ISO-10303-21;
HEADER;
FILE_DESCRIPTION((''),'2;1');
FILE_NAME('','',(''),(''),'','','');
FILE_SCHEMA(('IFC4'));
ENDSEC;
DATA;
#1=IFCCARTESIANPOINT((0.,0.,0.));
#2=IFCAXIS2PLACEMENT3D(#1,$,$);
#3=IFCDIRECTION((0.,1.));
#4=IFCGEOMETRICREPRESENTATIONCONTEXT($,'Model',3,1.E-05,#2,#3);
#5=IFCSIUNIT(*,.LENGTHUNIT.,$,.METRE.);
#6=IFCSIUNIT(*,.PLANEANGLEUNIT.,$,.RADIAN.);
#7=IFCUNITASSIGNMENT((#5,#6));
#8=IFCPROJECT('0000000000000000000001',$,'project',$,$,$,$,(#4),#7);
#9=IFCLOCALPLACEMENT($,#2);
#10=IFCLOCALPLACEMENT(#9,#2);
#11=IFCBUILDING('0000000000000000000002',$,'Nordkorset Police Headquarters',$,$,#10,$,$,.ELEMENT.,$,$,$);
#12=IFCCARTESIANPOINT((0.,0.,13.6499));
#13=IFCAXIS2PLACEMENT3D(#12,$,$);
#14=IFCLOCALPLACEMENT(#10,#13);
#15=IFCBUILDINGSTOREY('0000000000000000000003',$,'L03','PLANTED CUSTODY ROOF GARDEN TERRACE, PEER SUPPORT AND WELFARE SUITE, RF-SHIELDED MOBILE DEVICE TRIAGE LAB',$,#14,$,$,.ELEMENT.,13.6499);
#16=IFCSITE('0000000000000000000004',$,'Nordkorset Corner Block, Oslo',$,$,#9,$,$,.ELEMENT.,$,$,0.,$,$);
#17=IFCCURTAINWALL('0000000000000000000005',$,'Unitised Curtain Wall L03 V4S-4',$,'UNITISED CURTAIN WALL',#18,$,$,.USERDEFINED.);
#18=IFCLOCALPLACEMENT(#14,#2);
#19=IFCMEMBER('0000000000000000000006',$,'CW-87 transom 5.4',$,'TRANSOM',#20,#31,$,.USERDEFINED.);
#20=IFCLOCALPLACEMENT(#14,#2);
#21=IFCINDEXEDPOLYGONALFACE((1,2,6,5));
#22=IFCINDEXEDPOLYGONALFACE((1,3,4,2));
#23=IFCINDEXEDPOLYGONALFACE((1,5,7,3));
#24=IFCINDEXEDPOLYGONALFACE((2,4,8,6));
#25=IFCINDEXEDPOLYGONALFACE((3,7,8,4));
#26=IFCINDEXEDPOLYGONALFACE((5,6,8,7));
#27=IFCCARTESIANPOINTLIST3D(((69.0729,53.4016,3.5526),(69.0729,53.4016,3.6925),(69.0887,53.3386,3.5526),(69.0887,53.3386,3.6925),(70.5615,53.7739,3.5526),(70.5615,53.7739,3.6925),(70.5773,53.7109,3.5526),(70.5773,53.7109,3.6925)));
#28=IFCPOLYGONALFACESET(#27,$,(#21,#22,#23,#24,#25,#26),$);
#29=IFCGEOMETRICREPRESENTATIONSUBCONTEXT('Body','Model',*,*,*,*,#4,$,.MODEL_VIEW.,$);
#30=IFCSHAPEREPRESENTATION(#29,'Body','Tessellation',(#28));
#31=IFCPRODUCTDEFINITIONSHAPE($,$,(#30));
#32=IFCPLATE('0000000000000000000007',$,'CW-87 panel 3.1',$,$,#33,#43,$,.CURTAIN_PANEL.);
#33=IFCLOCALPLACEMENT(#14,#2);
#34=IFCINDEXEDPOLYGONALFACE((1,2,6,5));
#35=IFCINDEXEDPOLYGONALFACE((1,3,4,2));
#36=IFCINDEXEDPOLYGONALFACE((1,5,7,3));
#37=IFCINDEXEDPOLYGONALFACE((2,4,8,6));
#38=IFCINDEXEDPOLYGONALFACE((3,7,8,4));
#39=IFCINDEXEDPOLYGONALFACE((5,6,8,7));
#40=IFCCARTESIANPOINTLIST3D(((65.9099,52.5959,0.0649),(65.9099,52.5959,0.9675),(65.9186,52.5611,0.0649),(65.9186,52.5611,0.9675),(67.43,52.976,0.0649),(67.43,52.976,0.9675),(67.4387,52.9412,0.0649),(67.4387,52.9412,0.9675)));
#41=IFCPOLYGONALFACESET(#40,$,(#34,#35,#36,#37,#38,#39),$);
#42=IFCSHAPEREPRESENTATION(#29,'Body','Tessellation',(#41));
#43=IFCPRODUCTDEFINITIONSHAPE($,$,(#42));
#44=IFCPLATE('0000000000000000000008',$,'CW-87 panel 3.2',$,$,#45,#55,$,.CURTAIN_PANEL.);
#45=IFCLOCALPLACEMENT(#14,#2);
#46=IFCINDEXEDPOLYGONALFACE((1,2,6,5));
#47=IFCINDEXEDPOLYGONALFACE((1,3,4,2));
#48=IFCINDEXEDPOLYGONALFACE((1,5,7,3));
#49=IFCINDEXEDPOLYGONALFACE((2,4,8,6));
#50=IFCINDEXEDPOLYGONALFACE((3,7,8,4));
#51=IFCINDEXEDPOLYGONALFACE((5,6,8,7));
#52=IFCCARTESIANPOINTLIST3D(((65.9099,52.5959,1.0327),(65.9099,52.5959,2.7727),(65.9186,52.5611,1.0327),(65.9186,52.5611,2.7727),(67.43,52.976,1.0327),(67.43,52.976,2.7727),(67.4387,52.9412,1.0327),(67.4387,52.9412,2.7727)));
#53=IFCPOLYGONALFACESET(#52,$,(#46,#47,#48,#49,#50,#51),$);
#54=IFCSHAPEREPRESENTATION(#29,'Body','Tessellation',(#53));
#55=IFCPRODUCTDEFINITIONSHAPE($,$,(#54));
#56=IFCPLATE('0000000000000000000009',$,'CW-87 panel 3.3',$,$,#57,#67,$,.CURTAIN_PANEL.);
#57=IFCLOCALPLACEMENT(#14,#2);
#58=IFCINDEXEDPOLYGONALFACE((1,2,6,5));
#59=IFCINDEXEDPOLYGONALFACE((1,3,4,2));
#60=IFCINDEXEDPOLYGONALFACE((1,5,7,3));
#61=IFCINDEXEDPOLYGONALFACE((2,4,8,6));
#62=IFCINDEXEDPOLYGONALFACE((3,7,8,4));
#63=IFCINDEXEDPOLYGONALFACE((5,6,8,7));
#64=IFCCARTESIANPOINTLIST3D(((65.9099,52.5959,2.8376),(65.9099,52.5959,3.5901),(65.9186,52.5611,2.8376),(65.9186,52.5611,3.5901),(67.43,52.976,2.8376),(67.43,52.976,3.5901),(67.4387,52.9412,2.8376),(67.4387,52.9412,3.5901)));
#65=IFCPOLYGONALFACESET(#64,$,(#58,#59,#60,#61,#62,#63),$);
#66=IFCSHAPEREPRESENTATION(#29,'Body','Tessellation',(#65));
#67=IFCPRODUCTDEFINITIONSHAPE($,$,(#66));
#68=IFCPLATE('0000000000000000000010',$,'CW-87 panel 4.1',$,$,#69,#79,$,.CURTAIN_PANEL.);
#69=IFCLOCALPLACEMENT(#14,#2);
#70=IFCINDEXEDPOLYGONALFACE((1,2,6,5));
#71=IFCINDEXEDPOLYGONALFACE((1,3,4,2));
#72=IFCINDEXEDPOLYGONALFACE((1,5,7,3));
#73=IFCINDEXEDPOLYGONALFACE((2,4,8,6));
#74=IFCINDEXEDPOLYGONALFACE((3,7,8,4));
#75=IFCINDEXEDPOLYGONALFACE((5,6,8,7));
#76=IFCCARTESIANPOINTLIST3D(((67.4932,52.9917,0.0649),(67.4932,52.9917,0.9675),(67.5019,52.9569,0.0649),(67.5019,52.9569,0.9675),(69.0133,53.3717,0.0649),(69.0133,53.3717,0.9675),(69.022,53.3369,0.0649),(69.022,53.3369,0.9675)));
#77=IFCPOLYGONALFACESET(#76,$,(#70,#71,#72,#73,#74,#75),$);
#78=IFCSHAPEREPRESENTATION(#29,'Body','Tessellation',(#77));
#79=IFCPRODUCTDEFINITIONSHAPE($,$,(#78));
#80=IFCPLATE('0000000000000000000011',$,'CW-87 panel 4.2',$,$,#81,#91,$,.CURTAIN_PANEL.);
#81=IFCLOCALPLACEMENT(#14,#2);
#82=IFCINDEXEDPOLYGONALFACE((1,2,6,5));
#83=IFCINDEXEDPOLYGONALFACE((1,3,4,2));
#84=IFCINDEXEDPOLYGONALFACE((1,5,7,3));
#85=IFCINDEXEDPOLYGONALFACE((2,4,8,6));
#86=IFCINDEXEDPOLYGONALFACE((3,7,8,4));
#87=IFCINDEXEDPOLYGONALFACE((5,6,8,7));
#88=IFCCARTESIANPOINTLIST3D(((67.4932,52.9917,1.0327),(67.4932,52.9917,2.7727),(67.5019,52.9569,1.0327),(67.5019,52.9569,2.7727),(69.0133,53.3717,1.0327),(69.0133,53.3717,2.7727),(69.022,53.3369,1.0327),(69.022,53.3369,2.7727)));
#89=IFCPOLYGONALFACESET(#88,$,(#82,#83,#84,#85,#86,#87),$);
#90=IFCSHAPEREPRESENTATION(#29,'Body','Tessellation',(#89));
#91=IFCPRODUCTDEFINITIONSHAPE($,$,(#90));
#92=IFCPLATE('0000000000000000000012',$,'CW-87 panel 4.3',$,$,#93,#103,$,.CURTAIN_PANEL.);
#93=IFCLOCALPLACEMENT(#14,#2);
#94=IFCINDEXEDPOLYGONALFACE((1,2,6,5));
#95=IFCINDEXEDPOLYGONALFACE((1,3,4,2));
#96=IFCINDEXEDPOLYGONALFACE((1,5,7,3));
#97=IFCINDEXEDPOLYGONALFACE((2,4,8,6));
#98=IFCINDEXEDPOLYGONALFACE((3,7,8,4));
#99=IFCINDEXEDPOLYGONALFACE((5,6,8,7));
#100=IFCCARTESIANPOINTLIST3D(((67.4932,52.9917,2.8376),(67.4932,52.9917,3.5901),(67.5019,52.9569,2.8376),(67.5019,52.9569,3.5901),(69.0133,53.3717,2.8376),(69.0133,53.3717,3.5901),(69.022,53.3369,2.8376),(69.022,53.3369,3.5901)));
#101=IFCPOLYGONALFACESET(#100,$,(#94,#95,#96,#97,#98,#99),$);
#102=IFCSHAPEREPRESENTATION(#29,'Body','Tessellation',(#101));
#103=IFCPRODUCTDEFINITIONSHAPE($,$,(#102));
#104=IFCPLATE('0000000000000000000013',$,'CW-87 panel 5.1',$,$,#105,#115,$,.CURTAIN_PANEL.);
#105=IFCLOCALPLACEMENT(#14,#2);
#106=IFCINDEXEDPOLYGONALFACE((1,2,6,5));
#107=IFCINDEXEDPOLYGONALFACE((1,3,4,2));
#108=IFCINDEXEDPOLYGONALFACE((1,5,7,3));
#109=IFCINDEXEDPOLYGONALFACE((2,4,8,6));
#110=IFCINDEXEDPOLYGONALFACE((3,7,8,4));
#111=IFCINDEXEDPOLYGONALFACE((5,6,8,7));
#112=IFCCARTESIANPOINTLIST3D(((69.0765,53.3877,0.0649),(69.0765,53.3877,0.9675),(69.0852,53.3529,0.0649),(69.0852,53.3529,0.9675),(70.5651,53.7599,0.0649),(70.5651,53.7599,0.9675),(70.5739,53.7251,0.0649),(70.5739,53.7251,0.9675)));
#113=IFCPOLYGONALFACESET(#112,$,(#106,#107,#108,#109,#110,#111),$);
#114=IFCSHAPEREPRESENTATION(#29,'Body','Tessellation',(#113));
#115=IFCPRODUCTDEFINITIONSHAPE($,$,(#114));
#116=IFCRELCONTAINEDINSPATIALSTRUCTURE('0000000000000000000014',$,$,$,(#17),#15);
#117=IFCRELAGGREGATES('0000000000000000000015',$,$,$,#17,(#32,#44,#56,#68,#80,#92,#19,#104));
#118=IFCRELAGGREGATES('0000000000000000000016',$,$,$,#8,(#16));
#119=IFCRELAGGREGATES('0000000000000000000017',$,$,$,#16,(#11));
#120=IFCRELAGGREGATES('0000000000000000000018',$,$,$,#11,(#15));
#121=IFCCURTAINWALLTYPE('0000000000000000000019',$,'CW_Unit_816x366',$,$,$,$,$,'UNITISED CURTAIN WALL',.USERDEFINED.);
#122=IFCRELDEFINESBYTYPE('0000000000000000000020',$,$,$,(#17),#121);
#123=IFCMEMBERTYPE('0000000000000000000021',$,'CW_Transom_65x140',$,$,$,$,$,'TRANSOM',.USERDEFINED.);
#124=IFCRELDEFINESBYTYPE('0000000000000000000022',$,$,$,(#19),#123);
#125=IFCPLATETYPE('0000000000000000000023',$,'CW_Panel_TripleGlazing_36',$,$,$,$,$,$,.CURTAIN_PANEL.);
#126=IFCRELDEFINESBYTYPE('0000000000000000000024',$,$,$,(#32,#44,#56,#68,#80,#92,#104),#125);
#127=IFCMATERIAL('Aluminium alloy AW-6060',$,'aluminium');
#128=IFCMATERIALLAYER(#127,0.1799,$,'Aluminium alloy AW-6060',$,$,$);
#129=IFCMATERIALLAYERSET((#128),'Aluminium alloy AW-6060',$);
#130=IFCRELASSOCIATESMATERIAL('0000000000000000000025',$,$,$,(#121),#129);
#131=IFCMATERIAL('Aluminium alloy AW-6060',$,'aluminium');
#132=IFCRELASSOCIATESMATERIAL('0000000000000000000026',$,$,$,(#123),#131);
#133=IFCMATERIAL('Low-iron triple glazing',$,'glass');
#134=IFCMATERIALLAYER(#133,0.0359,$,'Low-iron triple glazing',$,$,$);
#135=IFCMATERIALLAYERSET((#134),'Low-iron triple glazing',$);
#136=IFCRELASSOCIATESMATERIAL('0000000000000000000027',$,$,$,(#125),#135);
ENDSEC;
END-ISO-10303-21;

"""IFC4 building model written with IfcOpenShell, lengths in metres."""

from ifc_helpers import new_model, si_unit, direction, frame, origin, origin_2d, place, context, subcontext, project, spatial, rectangle, extrude, material, layer, layer_set, material_profile, profile_set, type_object, element, aggregate, save


model = new_model("IFC4")

# Units and contexts
model_context = context("Model", 3, precision=1e-05, world=origin(), true_north=direction((0.0, 1.0)))
body_context = subcontext(model_context, "Body", "Model", "MODEL_VIEW")
ifc_project = project(units=[si_unit("LENGTHUNIT", "METRE"), si_unit("PLANEANGLEUNIT", "RADIAN")], contexts=[model_context])

# Site, building, storey
site_placement = place(None, origin())
site = spatial("IfcSite", under=ifc_project, at=site_placement, Name="Nordkorset Corner Block, Oslo", CompositionType="ELEMENT", RefElevation=0.0)
building_placement = place(site_placement, origin())
building = spatial("IfcBuilding", under=site, at=building_placement, Name="Nordkorset Police Headquarters", CompositionType="ELEMENT")
storey_placement = place(building_placement, frame((0.0, 0.0, 13.6499)))
storey = spatial("IfcBuildingStorey", under=building, at=storey_placement, Name="L03", Description="PLANTED CUSTODY ROOF GARDEN TERRACE, PEER SUPPORT AND WELFARE SUITE, RF-SHIELDED MOBILE DEVICE TRIAGE LAB", CompositionType="ELEMENT", Elevation=13.6499)

# Curtain wall, member, plates
ifc_material_1 = material(Name="Aluminium alloy AW-6060", Category="aluminium")
ifc_layer_1 = layer(ifc_material_1, 0.1799, Name="Aluminium alloy AW-6060")
ifc_layer_set_1 = layer_set([ifc_layer_1], Name="Aluminium alloy AW-6060")
curtain_wall_type = type_object("IfcCurtainWallType", Name="CW_Unit_816x366", ElementType="UNITISED CURTAIN WALL", PredefinedType="USERDEFINED", material=ifc_layer_set_1)
curtain_wall_placement = place(storey_placement, origin())
curtain_wall = element("IfcCurtainWall", 1, at=curtain_wall_placement, inside=storey, type_object=curtain_wall_type, Name="Unitised Curtain Wall L03 V4S-4", ObjectType="UNITISED CURTAIN WALL", PredefinedType="USERDEFINED")
ifc_material_2 = material(Name="Aluminium alloy AW-6060", Category="aluminium")
ifc_material_profile_1 = material_profile(ifc_material_2, rectangle(XDim=0.0649, YDim=0.1399, at=origin_2d()), Name="ALU TRAN 65x140")
ifc_profile_set_1 = profile_set([ifc_material_profile_1], Name="Aluminium alloy AW-6060")
member_type_1 = type_object("IfcMemberType", Name="CW_Transom_65x140", ElementType="TRANSOM", PredefinedType="USERDEFINED", material=ifc_profile_set_1)
member_1_placement = place(storey_placement, frame((69.0808, 53.3701, 3.6226), z_axis=(0.970114, 0.242648, 0.0), x_axis=(-0.242648, 0.970114, 0.0)))
member_1 = element("IfcMember", 2, at=member_1_placement, type_object=member_type_1, Name="CW-87 transom 5.4", ObjectType="TRANSOM", PredefinedType="USERDEFINED", context=body_context, shape_type="SweptSolid", body=[
    extrude(rectangle(XDim=0.0649, YDim=0.1399, at=origin_2d()), origin(), (0.0, 0.0, 1.0), 1.5344),
])
ifc_material_3 = material(Name="Low-iron triple glazing", Category="glass")
ifc_layer_2 = layer(ifc_material_3, 0.0359, Name="Low-iron triple glazing")
ifc_layer_set_2 = layer_set([ifc_layer_2], Name="Low-iron triple glazing")
plate_type = type_object("IfcPlateType", Name="CW_Panel_TripleGlazing_36", PredefinedType="CURTAIN_PANEL", material=ifc_layer_set_2)
plate_1_placement = place(storey_placement, frame((66.6743, 52.7686, 0.0649), z_axis=(0.0, 0.0, 1.0), x_axis=(0.970143, 0.242536, 0.0)))
plate_1 = element("IfcPlate", 3, at=plate_1_placement, type_object=plate_type, Name="CW-87 panel 3.1", PredefinedType="CURTAIN_PANEL", context=body_context, shape_type="SweptSolid", body=[
    extrude(rectangle(XDim=1.5669, YDim=0.0359, at=origin_2d()), origin(), (0.0, 0.0, 1.0), 0.9026),
])
plate_2_placement = place(storey_placement, frame((66.6743, 52.7686, 1.0327), z_axis=(0.0, 0.0, 1.0), x_axis=(0.970143, 0.242536, 0.0)))
plate_2 = element("IfcPlate", 4, at=plate_2_placement, type_object=plate_type, Name="CW-87 panel 3.2", PredefinedType="CURTAIN_PANEL", context=body_context, shape_type="SweptSolid", body=[
    extrude(rectangle(XDim=1.5669, YDim=0.0359, at=origin_2d()), origin(), (0.0, 0.0, 1.0), 1.74),
])
plate_3_placement = place(storey_placement, frame((66.6743, 52.7686, 2.8376), z_axis=(0.0, 0.0, 1.0), x_axis=(0.970143, 0.242536, 0.0)))
plate_3 = element("IfcPlate", 5, at=plate_3_placement, type_object=plate_type, Name="CW-87 panel 3.3", PredefinedType="CURTAIN_PANEL", context=body_context, shape_type="SweptSolid", body=[
    extrude(rectangle(XDim=1.5669, YDim=0.0359, at=origin_2d()), origin(), (0.0, 0.0, 1.0), 0.7524),
])
plate_4_placement = place(storey_placement, frame((68.2576, 53.1643, 0.0649), z_axis=(0.0, 0.0, 1.0), x_axis=(0.970143, 0.242536, 0.0)))
plate_4 = element("IfcPlate", 6, at=plate_4_placement, type_object=plate_type, Name="CW-87 panel 4.1", PredefinedType="CURTAIN_PANEL", context=body_context, shape_type="SweptSolid", body=[
    extrude(rectangle(XDim=1.5669, YDim=0.0359, at=origin_2d()), origin(), (0.0, 0.0, 1.0), 0.9026),
])
plate_5_placement = place(storey_placement, frame((68.2576, 53.1643, 1.0327), z_axis=(0.0, 0.0, 1.0), x_axis=(0.970143, 0.242536, 0.0)))
plate_5 = element("IfcPlate", 7, at=plate_5_placement, type_object=plate_type, Name="CW-87 panel 4.2", PredefinedType="CURTAIN_PANEL", context=body_context, shape_type="SweptSolid", body=[
    extrude(rectangle(XDim=1.5669, YDim=0.0359, at=origin_2d()), origin(), (0.0, 0.0, 1.0), 1.74),
])
plate_6_placement = place(storey_placement, frame((68.2576, 53.1643, 2.8376), z_axis=(0.0, 0.0, 1.0), x_axis=(0.970143, 0.242536, 0.0)))
plate_6 = element("IfcPlate", 8, at=plate_6_placement, type_object=plate_type, Name="CW-87 panel 4.3", PredefinedType="CURTAIN_PANEL", context=body_context, shape_type="SweptSolid", body=[
    extrude(rectangle(XDim=1.5669, YDim=0.0359, at=origin_2d()), origin(), (0.0, 0.0, 1.0), 0.7524),
])
plate_7_placement = place(storey_placement, frame((69.8252, 53.5564, 0.0649), z_axis=(0.0, 0.0, 1.0), x_axis=(0.970143, 0.242536, 0.0)))
plate_7 = element("IfcPlate", 9, at=plate_7_placement, type_object=plate_type, Name="CW-87 panel 5.1", PredefinedType="CURTAIN_PANEL", context=body_context, shape_type="SweptSolid", body=[
    extrude(rectangle(XDim=1.5344, YDim=0.0359, at=origin_2d()), origin(), (0.0, 0.0, 1.0), 0.9026),
])
aggregate(curtain_wall, [plate_1, plate_2, plate_3, plate_4, plate_5, plate_6, member_1, plate_7])

save(model, "model.ifc")
